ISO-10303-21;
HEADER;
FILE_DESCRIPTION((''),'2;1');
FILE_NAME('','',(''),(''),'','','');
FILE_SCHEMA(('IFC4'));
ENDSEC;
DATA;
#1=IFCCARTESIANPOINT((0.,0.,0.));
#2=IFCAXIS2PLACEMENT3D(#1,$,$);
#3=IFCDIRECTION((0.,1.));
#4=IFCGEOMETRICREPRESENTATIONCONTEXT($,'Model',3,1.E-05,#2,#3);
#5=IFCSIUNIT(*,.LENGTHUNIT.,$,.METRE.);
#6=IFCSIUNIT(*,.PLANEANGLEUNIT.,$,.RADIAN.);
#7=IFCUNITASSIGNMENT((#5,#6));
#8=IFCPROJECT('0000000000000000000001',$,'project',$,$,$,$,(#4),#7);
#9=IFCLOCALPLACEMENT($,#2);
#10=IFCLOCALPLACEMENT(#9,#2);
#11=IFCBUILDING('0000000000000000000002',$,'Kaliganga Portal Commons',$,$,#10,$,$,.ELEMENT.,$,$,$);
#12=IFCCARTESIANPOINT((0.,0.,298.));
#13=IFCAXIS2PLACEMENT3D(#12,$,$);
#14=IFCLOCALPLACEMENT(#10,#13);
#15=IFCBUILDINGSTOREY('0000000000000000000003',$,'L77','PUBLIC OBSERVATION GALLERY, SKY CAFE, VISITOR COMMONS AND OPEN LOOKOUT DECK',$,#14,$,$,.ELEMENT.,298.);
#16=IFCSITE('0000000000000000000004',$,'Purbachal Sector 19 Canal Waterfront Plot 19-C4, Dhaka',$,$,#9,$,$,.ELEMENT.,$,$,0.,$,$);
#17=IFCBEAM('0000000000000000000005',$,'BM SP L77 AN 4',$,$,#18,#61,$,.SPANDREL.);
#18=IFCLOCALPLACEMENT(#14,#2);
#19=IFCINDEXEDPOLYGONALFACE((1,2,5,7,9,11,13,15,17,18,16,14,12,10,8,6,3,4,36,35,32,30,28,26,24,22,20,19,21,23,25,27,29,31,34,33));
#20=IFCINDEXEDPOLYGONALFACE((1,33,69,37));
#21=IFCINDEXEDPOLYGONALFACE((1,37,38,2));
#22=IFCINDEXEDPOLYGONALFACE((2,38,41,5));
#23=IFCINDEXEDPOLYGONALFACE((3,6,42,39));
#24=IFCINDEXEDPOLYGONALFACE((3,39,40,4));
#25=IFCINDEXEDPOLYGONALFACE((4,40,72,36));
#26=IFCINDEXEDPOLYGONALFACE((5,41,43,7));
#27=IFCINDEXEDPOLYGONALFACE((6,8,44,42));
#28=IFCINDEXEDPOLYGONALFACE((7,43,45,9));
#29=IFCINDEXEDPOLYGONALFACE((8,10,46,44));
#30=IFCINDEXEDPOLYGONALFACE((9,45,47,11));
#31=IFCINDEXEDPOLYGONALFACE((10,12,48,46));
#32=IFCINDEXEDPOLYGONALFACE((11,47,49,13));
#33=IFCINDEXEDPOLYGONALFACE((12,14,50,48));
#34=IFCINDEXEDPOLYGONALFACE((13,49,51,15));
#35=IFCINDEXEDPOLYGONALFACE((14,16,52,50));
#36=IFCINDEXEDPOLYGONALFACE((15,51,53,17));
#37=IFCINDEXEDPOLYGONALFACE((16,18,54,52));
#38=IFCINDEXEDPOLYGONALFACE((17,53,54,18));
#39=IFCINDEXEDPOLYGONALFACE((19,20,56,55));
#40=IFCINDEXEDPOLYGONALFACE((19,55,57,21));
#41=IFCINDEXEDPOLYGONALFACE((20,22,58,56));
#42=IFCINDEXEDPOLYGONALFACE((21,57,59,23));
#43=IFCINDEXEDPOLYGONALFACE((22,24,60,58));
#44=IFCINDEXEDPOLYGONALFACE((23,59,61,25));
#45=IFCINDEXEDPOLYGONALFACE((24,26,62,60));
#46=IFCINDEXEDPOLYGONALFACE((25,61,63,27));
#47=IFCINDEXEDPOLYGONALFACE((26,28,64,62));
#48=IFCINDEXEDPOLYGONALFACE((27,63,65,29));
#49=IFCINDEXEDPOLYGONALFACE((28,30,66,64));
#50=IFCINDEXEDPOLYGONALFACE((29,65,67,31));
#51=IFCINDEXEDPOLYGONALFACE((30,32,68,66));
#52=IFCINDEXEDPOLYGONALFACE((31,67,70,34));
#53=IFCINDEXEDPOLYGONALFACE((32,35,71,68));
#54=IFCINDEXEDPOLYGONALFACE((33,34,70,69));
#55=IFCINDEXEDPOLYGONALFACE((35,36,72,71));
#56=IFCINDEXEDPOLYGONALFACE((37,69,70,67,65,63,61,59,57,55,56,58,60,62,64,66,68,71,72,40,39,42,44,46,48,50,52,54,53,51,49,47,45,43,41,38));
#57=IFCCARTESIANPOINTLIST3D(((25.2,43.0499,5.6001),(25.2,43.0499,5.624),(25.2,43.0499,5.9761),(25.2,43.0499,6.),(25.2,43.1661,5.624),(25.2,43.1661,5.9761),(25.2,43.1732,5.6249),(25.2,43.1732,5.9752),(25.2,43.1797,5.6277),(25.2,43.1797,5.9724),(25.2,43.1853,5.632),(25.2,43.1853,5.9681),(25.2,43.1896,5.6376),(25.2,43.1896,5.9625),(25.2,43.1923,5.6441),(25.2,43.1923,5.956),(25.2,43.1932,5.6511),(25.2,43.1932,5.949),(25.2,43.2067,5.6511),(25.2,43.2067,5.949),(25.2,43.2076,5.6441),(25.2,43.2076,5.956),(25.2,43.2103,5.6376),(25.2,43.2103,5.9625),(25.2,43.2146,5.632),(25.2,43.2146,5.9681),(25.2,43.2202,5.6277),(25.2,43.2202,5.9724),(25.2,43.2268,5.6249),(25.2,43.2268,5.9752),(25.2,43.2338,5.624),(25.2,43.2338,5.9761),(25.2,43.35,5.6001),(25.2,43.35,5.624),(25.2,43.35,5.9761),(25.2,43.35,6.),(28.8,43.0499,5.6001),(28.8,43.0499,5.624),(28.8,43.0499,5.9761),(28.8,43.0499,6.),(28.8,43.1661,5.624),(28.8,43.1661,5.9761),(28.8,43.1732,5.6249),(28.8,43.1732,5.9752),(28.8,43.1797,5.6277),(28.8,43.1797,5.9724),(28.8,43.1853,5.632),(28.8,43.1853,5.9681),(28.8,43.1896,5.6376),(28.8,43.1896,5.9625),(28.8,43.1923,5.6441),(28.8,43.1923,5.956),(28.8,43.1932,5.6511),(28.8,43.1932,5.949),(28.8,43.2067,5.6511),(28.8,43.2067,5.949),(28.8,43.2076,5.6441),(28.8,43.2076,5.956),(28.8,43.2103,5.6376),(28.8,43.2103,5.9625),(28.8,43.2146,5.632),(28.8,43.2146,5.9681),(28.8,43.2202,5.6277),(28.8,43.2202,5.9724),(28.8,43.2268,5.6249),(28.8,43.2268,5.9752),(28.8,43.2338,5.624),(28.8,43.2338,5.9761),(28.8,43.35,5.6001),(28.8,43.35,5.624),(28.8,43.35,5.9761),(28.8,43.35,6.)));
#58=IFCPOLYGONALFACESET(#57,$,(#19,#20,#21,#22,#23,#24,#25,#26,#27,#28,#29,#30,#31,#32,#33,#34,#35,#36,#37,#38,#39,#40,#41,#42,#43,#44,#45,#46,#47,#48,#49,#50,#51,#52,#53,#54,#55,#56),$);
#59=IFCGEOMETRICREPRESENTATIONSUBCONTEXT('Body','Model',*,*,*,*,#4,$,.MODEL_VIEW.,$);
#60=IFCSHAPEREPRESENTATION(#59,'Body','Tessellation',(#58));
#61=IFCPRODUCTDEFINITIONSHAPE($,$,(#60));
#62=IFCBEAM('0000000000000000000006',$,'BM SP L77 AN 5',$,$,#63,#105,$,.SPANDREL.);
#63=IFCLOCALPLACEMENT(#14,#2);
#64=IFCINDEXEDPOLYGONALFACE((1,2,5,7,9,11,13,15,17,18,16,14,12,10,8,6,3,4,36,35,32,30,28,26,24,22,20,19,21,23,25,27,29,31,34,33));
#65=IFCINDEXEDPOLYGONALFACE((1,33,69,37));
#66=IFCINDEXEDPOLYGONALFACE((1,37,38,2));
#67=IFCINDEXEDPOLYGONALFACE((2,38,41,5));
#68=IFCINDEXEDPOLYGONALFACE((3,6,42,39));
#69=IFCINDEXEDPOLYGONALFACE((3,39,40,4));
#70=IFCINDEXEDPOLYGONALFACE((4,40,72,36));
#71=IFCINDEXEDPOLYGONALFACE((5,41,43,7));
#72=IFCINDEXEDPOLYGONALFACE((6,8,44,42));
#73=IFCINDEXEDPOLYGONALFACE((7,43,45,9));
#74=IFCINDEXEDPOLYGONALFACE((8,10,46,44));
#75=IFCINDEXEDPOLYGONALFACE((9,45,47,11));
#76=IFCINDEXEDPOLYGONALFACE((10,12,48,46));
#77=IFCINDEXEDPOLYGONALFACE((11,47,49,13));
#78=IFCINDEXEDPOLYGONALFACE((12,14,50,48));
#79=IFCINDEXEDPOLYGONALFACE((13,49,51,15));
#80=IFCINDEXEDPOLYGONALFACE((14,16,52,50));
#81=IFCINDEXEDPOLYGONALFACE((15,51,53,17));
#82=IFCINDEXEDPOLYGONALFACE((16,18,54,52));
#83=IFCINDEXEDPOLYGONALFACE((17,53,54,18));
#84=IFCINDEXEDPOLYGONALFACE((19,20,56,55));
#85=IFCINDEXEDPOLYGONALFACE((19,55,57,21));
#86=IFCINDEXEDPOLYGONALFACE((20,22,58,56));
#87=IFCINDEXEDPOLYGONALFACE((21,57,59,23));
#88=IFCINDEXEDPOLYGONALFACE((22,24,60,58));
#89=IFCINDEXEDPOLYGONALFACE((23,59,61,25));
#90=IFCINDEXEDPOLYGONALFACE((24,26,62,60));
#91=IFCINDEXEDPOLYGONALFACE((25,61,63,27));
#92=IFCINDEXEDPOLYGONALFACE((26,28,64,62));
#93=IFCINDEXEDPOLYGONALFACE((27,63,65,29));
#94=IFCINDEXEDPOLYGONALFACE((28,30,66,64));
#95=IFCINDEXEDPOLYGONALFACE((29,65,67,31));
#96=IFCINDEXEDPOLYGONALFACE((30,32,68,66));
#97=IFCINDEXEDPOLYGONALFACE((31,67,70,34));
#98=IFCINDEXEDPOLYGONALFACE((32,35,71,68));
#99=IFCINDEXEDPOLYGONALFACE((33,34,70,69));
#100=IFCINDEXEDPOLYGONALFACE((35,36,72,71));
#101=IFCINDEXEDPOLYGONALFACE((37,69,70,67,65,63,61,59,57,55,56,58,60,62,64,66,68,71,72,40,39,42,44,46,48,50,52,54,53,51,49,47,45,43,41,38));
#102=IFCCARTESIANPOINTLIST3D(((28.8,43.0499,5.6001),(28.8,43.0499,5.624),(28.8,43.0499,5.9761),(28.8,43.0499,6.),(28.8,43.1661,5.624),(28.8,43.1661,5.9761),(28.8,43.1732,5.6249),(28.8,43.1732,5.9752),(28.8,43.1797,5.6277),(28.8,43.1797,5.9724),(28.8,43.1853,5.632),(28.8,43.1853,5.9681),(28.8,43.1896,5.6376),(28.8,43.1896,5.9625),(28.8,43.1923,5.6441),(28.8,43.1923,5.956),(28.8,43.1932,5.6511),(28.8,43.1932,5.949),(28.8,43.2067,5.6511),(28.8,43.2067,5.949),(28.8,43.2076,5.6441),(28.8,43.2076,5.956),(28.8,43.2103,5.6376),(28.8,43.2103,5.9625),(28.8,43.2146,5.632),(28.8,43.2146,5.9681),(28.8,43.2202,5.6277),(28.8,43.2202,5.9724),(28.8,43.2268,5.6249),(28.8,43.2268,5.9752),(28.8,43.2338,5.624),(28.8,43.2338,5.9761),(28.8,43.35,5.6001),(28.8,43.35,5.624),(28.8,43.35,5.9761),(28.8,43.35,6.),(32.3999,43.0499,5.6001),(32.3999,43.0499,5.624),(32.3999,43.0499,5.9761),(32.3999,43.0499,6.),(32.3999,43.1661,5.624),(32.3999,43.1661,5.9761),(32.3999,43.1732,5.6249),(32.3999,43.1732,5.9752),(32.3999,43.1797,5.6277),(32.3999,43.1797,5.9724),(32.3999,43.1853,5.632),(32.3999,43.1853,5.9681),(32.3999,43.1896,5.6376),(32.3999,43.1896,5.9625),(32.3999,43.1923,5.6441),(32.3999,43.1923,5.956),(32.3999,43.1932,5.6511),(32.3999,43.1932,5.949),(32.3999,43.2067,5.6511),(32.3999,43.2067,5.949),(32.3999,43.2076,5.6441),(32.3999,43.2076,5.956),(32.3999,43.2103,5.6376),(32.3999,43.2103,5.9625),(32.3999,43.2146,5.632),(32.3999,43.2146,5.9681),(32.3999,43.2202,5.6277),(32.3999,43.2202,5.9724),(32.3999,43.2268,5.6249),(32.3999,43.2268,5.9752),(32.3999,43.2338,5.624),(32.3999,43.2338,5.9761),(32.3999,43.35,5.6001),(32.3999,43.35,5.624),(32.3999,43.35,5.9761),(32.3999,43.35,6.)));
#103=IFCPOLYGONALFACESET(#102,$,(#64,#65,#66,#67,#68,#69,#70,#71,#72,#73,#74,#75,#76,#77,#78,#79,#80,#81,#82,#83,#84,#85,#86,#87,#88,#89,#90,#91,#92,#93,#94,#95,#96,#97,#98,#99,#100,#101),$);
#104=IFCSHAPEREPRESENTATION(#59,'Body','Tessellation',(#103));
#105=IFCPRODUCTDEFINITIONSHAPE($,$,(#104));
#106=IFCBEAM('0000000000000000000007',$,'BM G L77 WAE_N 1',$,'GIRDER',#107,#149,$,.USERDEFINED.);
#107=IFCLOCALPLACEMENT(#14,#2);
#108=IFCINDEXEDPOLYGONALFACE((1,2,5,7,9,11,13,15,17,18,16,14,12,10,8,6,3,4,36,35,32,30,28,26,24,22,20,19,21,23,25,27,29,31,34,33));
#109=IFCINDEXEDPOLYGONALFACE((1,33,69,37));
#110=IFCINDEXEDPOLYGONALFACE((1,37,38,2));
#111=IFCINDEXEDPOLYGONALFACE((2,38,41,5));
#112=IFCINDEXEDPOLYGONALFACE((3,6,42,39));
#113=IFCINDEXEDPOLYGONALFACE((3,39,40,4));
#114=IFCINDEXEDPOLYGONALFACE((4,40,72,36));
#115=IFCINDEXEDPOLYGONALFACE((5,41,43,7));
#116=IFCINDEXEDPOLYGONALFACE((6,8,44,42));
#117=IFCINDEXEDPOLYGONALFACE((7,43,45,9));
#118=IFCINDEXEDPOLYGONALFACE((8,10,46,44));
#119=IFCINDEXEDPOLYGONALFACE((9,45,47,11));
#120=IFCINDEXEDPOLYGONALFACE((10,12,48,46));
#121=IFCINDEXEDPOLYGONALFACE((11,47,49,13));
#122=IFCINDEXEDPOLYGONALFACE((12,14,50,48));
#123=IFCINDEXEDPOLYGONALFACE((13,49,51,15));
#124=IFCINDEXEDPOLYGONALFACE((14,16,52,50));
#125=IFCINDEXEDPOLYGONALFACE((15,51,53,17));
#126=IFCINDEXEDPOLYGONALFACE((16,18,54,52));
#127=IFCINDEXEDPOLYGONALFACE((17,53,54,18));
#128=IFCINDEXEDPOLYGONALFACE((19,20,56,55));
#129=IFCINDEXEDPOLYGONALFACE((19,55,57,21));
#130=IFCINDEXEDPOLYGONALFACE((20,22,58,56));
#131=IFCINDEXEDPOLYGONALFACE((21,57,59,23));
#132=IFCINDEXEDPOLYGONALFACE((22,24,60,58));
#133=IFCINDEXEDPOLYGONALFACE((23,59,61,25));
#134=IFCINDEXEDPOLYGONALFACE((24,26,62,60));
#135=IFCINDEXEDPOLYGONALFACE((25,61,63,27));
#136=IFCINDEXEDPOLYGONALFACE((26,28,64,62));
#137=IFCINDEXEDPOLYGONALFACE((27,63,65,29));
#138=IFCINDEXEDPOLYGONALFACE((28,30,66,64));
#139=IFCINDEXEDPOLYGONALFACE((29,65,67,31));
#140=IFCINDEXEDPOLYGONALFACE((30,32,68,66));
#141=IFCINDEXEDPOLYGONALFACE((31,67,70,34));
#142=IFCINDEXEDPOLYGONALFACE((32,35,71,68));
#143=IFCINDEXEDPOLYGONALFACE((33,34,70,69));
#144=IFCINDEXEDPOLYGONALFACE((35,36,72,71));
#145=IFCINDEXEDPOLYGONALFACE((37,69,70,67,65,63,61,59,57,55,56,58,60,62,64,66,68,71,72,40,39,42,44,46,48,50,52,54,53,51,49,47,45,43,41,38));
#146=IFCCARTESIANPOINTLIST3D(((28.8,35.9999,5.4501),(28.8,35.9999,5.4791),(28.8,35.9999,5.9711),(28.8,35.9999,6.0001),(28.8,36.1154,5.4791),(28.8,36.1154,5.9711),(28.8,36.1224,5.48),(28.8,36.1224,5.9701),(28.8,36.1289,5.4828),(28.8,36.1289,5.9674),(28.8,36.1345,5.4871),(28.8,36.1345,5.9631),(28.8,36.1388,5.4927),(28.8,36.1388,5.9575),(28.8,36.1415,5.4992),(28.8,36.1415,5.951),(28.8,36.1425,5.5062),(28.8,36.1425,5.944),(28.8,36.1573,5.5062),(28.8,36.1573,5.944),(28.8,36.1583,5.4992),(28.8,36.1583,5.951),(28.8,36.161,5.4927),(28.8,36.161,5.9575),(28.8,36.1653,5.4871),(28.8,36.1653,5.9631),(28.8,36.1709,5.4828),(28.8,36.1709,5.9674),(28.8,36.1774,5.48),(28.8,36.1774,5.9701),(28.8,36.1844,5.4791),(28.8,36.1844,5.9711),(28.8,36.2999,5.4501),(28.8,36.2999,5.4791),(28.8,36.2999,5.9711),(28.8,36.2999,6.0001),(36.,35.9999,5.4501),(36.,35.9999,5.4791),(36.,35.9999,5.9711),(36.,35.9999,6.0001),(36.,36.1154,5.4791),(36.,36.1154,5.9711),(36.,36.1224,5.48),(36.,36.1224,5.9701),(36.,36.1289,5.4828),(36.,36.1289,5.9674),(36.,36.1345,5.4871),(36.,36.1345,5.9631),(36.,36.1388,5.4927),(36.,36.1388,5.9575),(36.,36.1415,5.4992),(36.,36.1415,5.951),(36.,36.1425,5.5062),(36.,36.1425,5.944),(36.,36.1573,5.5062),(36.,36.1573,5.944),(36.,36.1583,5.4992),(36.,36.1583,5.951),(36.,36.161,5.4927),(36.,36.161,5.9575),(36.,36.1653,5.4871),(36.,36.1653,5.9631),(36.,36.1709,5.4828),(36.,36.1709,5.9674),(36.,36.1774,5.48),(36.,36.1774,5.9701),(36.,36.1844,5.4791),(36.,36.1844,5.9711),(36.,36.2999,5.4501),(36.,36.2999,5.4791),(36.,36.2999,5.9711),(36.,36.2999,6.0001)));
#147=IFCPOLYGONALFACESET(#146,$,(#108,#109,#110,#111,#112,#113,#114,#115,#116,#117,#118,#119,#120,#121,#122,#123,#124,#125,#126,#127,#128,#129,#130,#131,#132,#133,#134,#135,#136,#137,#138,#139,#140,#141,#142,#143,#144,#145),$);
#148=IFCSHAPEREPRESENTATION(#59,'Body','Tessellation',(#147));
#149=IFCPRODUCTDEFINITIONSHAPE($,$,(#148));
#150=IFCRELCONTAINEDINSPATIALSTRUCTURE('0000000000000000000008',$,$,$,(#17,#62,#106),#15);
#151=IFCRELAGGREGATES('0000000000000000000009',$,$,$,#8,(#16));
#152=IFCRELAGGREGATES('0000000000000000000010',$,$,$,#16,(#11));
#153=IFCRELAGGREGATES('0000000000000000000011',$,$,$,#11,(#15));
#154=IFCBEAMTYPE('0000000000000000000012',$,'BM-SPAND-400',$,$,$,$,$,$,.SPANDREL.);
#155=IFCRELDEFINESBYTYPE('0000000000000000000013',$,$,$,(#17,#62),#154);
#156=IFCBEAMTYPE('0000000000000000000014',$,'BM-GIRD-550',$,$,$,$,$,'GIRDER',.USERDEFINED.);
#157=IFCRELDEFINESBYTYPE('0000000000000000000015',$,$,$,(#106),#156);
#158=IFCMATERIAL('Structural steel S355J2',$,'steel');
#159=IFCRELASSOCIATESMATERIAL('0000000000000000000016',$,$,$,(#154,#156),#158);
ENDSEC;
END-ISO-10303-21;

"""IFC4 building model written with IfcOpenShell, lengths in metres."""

from ifc_helpers import new_model, si_unit, direction, frame, origin, origin_2d, place, context, subcontext, project, spatial, i_section, extrude, source, transform, mapped, material, material_profile, profile_set, type_object, element, save


model = new_model("IFC4")

# Units and contexts
model_context = context("Model", 3, precision=1e-05, world=origin(), true_north=direction((0.0, 1.0)))
body_context = subcontext(model_context, "Body", "Model", "MODEL_VIEW")
ifc_project = project(units=[si_unit("LENGTHUNIT", "METRE"), si_unit("PLANEANGLEUNIT", "RADIAN")], contexts=[model_context])

# Site, building, storey
site_placement = place(None, origin())
site = spatial("IfcSite", under=ifc_project, at=site_placement, Name="Purbachal Sector 19 Canal Waterfront Plot 19-C4, Dhaka", CompositionType="ELEMENT", RefElevation=0.0)
building_placement = place(site_placement, origin())
building = spatial("IfcBuilding", under=site, at=building_placement, Name="Kaliganga Portal Commons", CompositionType="ELEMENT")
storey_placement = place(building_placement, frame((0.0, 0.0, 298.0)))
storey = spatial("IfcBuildingStorey", under=building, at=storey_placement, Name="L77", Description="PUBLIC OBSERVATION GALLERY, SKY CAFE, VISITOR COMMONS AND OPEN LOOKOUT DECK", CompositionType="ELEMENT", Elevation=298.0)

# Beams
ifc_material_1 = material(Name="Structural steel S355J2", Category="steel")
ifc_material_profile_1 = material_profile(ifc_material_1, i_section(OverallWidth=0.3, OverallDepth=0.3999, WebThickness=0.0134, FlangeThickness=0.0239, FilletRadius=0.0271, at=origin_2d()), Name="HE 400 B")
ifc_profile_set_1 = profile_set([ifc_material_profile_1], Name="Structural steel S355J2 wide-flange")
beam_type_1 = type_object("IfcBeamType", Name="BM-SPAND-400", PredefinedType="SPANDREL", material=ifc_profile_set_1)
shared_shape_1 = source(origin(), body_context, "Body", "SweptSolid", [
    extrude(i_section(OverallWidth=0.3, OverallDepth=0.3999, WebThickness=0.0134, FlangeThickness=0.0239, FilletRadius=0.0271, at=origin_2d()), origin(), (0.0, 0.0, 1.0), 3.6001),
])
beam_1_placement = place(storey_placement, frame((25.2, 43.2, 5.8), z_axis=(1.0, 0.0, 0.0), x_axis=(0.0, 1.0, 0.0)))
element("IfcBeam", 1, at=beam_1_placement, inside=storey, type_object=beam_type_1, Name="BM SP L77 AN 4", PredefinedType="SPANDREL", context=body_context, shape_type="MappedRepresentation", body=[
    mapped(shared_shape_1, transform((0.0, 0.0, 0.0), x_axis=(1.0, 0.0, 0.0), y_axis=(0.0, 1.0, 0.0), z_axis=(0.0, 0.0, 1.0), scale=1.0)),
])
shared_shape_2 = source(origin(), body_context, "Body", "SweptSolid", [
    extrude(i_section(OverallWidth=0.3, OverallDepth=0.3999, WebThickness=0.0134, FlangeThickness=0.0239, FilletRadius=0.0271, at=origin_2d()), origin(), (0.0, 0.0, 1.0), 3.5999),
])
beam_2_placement = place(storey_placement, frame((28.8, 43.2, 5.8), z_axis=(1.0, 0.0, 0.0), x_axis=(0.0, 1.0, 0.0)))
element("IfcBeam", 2, at=beam_2_placement, inside=storey, type_object=beam_type_1, Name="BM SP L77 AN 5", PredefinedType="SPANDREL", context=body_context, shape_type="MappedRepresentation", body=[
    mapped(shared_shape_2, transform((0.0, 0.0, 0.0), x_axis=(1.0, 0.0, 0.0), y_axis=(0.0, 1.0, 0.0), z_axis=(0.0, 0.0, 1.0), scale=1.0)),
])
ifc_material_profile_2 = material_profile(ifc_material_1, i_section(OverallWidth=0.3, OverallDepth=0.55, WebThickness=0.0149, FlangeThickness=0.0291, FilletRadius=0.0271, at=origin_2d()), Name="HE 550 B")
ifc_profile_set_2 = profile_set([ifc_material_profile_2], Name="Structural steel S355J2 wide-flange")
beam_type_2 = type_object("IfcBeamType", Name="BM-GIRD-550", ElementType="GIRDER", PredefinedType="USERDEFINED", material=ifc_profile_set_2)
shared_shape_3 = source(origin(), body_context, "Body", "SweptSolid", [
    extrude(i_section(OverallWidth=0.3, OverallDepth=0.55, WebThickness=0.0149, FlangeThickness=0.0291, FilletRadius=0.0271, at=origin_2d()), origin(), (0.0, 0.0, 1.0), 7.2),
])
beam_3_placement = place(storey_placement, frame((28.8, 36.1499, 5.7251), z_axis=(1.0, 0.0, 0.0), x_axis=(0.0, 1.0, 0.0)))
element("IfcBeam", 3, at=beam_3_placement, inside=storey, type_object=beam_type_2, Name="BM G L77 WAE_N 1", ObjectType="GIRDER", PredefinedType="USERDEFINED", context=body_context, shape_type="MappedRepresentation", body=[
    mapped(shared_shape_3, transform((0.0, 0.0, 0.0), x_axis=(1.0, 0.0, 0.0), y_axis=(0.0, 1.0, 0.0), z_axis=(0.0, 0.0, 1.0), scale=1.0)),
])

save(model, "model.ifc")
